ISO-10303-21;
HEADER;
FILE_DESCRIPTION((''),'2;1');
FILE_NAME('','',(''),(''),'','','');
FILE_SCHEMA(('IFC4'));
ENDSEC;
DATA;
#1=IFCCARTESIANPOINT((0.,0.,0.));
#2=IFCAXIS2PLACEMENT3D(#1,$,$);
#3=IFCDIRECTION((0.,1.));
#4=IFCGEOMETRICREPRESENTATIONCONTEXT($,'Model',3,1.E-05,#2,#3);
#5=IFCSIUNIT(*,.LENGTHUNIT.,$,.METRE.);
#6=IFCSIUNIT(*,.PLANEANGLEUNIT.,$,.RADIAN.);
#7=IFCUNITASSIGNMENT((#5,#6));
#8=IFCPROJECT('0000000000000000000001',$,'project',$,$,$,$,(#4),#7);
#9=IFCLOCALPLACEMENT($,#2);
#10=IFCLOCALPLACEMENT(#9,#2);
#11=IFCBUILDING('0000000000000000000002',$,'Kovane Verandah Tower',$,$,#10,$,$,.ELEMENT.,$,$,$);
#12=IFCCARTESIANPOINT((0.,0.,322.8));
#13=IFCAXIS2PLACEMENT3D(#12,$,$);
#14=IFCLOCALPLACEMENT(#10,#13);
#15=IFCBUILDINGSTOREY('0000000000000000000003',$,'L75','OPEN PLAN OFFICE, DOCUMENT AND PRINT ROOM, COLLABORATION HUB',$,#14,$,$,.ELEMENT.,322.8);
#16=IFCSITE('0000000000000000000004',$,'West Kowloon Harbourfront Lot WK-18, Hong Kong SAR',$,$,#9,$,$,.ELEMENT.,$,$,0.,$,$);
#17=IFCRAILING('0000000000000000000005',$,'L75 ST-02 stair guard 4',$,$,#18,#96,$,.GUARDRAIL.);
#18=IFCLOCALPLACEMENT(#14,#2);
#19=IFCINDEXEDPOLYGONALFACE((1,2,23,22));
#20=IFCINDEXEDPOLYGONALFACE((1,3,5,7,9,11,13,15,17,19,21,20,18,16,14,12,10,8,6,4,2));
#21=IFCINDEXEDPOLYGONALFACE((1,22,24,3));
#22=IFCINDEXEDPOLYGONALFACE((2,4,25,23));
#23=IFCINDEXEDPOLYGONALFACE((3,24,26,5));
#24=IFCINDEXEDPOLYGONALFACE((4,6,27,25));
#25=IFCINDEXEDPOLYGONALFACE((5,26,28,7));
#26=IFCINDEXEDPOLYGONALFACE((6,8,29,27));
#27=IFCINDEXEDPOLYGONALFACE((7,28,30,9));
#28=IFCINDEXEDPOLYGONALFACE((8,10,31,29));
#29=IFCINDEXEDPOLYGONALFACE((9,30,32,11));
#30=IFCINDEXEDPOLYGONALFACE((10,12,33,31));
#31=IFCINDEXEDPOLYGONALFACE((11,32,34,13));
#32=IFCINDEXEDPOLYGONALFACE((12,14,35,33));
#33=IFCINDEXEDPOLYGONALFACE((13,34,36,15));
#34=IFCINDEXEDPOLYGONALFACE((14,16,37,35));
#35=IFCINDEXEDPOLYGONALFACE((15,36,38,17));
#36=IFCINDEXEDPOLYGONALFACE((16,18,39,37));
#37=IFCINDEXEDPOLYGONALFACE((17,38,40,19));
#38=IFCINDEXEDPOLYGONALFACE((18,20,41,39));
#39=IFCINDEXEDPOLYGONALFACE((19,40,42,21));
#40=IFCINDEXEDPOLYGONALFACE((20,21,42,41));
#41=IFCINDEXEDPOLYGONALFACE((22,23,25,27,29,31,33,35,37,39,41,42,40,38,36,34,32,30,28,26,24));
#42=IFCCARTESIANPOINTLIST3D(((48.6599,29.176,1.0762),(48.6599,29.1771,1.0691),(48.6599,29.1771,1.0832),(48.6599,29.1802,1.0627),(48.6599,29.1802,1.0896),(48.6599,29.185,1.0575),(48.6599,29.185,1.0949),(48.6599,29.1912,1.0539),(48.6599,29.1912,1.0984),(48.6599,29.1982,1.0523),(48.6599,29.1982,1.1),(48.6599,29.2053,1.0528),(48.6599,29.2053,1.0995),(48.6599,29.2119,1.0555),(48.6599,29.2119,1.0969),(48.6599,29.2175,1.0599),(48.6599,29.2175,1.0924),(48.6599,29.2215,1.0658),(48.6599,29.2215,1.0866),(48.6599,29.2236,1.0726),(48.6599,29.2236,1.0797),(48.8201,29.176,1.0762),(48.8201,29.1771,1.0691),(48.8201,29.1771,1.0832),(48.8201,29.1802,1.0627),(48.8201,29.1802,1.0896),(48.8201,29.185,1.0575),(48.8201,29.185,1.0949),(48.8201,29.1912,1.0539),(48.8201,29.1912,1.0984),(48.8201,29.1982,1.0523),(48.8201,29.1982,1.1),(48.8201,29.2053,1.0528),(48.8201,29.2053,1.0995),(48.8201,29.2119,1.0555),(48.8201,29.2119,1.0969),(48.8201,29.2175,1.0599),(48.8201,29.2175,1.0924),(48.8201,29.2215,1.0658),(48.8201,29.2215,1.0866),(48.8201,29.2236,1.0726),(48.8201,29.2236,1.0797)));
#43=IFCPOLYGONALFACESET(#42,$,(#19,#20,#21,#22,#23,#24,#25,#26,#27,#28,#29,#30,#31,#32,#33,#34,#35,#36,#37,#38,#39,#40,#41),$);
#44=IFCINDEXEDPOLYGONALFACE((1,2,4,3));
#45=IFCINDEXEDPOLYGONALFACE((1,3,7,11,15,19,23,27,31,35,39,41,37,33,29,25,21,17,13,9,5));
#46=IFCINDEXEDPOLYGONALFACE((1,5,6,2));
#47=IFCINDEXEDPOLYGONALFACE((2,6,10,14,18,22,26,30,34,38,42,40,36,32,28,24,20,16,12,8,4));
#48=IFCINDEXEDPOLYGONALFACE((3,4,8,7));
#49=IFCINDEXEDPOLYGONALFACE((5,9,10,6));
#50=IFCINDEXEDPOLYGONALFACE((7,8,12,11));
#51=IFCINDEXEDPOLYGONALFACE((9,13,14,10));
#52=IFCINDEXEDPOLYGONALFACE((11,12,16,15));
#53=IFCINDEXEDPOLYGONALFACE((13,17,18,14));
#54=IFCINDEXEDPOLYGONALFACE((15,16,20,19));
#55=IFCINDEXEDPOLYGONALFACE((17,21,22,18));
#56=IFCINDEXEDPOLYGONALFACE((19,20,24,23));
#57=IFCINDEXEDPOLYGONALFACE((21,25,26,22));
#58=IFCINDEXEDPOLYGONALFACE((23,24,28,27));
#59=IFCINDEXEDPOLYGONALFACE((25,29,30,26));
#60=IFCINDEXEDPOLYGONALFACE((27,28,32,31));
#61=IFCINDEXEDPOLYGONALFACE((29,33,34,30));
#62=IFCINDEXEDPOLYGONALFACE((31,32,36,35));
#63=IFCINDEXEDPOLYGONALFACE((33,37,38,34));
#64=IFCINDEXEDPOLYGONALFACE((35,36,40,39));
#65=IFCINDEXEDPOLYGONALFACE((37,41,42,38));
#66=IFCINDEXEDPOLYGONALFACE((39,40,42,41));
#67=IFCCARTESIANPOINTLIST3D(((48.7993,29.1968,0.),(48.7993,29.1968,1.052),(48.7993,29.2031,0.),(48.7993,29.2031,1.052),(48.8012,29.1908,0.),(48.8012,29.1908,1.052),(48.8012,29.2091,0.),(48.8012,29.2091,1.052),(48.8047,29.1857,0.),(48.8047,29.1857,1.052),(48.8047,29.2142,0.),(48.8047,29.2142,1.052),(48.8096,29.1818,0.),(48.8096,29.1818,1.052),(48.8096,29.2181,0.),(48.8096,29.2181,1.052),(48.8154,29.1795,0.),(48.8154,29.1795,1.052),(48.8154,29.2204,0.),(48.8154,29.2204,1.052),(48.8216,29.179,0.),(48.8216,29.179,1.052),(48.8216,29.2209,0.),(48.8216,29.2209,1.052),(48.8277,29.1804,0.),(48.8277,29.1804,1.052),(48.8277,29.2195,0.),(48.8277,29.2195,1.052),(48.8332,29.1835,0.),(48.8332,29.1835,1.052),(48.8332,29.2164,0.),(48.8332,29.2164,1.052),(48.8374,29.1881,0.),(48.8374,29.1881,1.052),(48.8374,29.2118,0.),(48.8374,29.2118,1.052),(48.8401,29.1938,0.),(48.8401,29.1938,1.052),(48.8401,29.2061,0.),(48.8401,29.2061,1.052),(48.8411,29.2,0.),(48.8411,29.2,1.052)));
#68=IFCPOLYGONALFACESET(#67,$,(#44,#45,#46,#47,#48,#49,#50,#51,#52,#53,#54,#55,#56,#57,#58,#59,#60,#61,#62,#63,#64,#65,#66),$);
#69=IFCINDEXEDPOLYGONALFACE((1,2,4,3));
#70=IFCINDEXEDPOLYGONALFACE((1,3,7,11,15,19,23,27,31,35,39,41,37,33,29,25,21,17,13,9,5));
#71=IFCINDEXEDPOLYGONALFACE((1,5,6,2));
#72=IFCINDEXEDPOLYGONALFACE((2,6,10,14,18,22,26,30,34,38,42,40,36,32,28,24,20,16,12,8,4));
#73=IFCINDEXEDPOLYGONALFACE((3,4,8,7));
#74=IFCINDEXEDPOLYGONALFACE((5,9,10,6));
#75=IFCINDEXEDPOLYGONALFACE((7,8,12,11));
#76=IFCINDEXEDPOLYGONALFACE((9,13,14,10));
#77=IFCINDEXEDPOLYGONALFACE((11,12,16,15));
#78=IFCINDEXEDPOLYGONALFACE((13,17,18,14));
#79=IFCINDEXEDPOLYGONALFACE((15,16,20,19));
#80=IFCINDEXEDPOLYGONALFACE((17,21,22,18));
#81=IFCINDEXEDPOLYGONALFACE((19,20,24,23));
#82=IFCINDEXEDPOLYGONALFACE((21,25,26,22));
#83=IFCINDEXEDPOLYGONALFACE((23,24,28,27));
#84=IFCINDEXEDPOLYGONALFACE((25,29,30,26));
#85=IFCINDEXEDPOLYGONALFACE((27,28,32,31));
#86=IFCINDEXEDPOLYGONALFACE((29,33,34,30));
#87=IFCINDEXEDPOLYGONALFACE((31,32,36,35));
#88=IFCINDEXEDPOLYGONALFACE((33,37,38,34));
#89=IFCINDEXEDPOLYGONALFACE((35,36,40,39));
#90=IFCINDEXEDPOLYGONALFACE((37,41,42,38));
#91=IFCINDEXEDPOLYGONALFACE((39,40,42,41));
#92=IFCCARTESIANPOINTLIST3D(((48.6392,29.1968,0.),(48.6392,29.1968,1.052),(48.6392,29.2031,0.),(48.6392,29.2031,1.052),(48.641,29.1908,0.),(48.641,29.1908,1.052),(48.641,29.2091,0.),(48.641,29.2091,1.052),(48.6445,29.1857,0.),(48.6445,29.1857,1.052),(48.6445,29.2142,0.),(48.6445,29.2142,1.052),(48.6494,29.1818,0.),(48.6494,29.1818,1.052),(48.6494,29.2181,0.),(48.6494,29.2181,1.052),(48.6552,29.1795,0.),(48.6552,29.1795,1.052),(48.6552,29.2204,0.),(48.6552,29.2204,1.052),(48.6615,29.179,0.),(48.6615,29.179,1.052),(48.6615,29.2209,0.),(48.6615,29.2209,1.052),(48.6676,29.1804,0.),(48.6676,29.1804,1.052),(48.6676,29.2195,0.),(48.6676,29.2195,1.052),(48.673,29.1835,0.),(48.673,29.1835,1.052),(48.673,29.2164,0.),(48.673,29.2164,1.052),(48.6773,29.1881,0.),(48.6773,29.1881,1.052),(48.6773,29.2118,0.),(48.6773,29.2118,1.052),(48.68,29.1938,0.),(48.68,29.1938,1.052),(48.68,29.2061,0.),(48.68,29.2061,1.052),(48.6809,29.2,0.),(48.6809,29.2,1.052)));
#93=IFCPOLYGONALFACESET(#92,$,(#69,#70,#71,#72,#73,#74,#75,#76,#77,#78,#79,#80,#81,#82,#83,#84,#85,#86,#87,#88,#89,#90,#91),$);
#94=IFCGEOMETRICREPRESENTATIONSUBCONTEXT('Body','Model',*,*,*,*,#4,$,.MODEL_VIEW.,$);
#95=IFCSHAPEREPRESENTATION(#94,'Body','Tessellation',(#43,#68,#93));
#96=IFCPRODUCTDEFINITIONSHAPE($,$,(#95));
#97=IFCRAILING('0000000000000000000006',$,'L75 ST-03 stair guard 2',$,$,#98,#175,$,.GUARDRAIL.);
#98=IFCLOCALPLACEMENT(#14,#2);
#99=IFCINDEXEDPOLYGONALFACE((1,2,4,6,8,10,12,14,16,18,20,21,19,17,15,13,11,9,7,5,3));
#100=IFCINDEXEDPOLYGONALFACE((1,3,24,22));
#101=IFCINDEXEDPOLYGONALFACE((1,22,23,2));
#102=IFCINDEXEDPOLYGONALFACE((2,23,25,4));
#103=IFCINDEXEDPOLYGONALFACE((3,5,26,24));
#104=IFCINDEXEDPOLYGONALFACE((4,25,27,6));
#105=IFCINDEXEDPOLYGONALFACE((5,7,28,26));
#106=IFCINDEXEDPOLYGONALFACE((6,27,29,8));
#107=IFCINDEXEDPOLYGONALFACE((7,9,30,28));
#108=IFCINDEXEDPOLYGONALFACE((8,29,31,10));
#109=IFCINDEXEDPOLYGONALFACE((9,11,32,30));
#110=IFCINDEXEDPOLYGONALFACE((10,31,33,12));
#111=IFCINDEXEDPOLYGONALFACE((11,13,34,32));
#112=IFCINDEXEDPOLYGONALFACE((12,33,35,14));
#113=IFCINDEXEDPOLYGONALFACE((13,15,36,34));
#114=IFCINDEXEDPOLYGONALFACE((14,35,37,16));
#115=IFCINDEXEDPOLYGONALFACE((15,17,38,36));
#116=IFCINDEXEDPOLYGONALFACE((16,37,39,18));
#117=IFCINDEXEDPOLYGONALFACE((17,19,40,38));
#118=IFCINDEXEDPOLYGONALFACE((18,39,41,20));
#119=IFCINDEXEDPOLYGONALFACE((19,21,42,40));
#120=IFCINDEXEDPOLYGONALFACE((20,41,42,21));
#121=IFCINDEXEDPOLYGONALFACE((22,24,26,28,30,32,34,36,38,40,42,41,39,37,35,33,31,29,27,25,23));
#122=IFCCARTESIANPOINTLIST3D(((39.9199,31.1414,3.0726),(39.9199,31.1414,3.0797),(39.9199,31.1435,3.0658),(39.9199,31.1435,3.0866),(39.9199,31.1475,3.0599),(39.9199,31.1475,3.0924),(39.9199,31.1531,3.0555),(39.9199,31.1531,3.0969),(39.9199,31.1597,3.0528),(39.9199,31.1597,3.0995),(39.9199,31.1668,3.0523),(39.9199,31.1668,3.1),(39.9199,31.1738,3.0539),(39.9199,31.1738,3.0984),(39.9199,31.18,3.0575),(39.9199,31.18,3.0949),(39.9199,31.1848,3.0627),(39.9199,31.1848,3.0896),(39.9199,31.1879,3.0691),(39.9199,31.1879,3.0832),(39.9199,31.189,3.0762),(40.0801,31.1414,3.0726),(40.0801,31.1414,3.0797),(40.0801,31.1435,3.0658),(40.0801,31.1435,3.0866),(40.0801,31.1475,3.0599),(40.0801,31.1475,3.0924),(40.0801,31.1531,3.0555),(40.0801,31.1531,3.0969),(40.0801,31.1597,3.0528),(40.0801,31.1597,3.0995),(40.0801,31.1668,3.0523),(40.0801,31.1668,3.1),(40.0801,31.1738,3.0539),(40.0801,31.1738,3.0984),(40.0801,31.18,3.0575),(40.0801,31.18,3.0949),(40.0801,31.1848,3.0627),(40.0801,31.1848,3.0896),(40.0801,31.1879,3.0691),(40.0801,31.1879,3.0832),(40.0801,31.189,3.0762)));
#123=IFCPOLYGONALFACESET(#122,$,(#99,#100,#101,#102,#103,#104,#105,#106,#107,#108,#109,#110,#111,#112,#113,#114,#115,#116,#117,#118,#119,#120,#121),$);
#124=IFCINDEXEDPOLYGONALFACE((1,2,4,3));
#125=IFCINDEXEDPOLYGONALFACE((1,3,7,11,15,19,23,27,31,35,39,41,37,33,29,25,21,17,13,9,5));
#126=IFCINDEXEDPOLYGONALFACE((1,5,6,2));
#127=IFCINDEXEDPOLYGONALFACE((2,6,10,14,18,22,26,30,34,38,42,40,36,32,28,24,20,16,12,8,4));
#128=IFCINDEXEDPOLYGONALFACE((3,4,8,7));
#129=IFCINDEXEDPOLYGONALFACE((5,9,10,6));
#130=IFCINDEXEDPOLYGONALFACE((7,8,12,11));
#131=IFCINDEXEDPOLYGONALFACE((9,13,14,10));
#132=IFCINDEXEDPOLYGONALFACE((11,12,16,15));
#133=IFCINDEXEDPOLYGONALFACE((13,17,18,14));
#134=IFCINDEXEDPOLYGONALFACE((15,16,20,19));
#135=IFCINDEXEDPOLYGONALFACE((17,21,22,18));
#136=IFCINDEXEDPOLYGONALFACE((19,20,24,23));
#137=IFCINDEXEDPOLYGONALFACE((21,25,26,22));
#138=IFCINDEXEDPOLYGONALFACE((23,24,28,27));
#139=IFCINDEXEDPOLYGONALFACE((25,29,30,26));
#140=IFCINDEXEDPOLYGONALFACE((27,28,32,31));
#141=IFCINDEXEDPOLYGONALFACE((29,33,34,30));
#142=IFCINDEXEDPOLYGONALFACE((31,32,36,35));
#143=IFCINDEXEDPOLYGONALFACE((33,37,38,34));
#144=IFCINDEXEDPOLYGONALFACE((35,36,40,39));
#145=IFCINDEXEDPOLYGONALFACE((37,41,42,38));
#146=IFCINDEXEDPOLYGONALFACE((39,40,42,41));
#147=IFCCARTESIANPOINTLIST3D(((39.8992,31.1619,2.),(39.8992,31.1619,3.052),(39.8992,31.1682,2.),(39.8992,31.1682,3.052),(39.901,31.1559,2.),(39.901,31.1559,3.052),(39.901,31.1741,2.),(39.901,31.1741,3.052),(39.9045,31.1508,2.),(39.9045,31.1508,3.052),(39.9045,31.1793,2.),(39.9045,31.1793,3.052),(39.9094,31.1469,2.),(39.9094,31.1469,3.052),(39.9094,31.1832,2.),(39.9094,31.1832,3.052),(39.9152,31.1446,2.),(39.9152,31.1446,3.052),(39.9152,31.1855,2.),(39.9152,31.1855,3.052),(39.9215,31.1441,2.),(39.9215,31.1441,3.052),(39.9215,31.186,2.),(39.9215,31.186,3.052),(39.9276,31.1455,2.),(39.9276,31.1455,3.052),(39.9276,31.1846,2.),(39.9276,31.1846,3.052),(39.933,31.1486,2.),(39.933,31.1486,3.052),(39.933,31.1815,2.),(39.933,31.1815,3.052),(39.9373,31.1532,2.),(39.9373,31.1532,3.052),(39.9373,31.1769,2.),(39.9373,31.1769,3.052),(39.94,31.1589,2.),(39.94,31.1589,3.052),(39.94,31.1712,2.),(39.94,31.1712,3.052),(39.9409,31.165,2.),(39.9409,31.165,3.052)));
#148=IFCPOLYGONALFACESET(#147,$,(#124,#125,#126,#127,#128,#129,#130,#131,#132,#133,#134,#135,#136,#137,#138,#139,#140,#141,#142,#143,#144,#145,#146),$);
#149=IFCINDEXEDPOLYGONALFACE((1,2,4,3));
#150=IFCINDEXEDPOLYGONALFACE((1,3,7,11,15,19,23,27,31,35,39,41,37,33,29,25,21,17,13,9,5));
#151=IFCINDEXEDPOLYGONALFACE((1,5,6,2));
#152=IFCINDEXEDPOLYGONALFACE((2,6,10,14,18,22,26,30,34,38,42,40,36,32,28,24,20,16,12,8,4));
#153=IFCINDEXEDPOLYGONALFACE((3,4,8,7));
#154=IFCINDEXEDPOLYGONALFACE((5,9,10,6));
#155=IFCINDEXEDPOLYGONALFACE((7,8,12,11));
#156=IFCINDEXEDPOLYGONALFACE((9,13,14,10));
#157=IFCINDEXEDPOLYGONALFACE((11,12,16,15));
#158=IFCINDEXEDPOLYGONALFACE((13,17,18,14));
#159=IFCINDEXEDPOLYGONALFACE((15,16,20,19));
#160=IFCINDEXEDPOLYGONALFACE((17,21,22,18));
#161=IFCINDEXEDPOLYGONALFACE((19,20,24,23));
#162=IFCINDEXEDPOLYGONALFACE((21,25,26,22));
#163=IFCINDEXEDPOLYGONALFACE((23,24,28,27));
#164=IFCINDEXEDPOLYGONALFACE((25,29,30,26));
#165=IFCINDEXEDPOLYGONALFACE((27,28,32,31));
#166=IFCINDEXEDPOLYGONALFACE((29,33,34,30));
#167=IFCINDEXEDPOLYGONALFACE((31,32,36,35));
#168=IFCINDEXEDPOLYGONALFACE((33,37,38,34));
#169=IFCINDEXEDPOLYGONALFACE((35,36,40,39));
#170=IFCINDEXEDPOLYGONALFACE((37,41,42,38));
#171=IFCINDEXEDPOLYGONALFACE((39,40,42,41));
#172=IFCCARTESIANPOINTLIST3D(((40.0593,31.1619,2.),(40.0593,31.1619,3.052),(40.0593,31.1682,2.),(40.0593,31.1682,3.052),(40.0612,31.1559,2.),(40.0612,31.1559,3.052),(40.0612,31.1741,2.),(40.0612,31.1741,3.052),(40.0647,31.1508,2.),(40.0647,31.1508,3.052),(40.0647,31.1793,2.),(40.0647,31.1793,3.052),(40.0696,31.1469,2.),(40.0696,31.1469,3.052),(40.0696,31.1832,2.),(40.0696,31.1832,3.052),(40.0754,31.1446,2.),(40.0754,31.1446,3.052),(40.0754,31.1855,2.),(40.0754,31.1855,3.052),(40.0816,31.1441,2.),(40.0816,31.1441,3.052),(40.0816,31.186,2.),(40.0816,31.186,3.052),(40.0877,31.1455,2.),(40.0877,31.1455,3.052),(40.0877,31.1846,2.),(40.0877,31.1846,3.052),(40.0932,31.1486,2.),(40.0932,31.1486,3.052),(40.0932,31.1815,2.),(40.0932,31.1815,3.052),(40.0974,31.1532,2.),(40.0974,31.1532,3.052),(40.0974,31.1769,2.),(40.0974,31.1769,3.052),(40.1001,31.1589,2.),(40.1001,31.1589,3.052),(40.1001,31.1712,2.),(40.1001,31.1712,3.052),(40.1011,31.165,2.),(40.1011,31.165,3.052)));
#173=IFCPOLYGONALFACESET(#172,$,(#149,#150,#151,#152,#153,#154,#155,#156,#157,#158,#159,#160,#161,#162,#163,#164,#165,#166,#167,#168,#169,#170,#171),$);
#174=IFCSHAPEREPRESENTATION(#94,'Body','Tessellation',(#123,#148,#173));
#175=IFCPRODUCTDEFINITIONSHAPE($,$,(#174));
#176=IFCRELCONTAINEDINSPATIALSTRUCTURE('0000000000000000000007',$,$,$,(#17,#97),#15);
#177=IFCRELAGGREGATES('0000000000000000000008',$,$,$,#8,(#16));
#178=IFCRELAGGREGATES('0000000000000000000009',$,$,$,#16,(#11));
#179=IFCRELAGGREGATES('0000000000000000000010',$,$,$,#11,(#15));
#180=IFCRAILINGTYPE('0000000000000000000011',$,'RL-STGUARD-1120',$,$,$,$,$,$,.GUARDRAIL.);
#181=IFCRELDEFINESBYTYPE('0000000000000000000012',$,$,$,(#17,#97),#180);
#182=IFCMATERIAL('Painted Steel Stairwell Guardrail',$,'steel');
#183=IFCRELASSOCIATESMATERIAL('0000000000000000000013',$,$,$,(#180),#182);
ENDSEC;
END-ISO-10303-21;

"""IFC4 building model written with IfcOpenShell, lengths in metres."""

from ifc_helpers import new_model, si_unit, direction, frame, origin, origin_2d, place, context, subcontext, project, spatial, circle, extrude, material, type_object, element, save


model = new_model("IFC4")

# Units and contexts
model_context = context("Model", 3, precision=1e-05, world=origin(), true_north=direction((0.0, 1.0)))
body_context = subcontext(model_context, "Body", "Model", "MODEL_VIEW")
ifc_project = project(units=[si_unit("LENGTHUNIT", "METRE"), si_unit("PLANEANGLEUNIT", "RADIAN")], contexts=[model_context])

# Site, building, storey
site_placement = place(None, origin())
site = spatial("IfcSite", under=ifc_project, at=site_placement, Name="West Kowloon Harbourfront Lot WK-18, Hong Kong SAR", CompositionType="ELEMENT", RefElevation=0.0)
building_placement = place(site_placement, origin())
building = spatial("IfcBuilding", under=site, at=building_placement, Name="Kovane Verandah Tower", CompositionType="ELEMENT")
storey_placement = place(building_placement, frame((0.0, 0.0, 322.8)))
storey = spatial("IfcBuildingStorey", under=building, at=storey_placement, Name="L75", Description="OPEN PLAN OFFICE, DOCUMENT AND PRINT ROOM, COLLABORATION HUB", CompositionType="ELEMENT", Elevation=322.8)

# Railings
ifc_material_1 = material(Name="Painted Steel Stairwell Guardrail", Category="steel")
railing_type_1 = type_object("IfcRailingType", Name="RL-STGUARD-1120", PredefinedType="GUARDRAIL", material=ifc_material_1)
railing_1_placement = place(storey_placement, frame((48.8201, 29.2, 0.0)))
element("IfcRailing", 1, at=railing_1_placement, inside=storey, type_object=railing_type_1, Name="L75 ST-02 stair guard 4", PredefinedType="GUARDRAIL", context=body_context, shape_type="SweptSolid", body=[
    extrude(circle(Radius=0.0239, at=origin_2d()), frame((0.0, 0.0, 1.0762), z_axis=(-1.0, 0.0, 0.0), x_axis=(0.0, -1.0, 0.0)), (0.0, 0.0, 1.0), 0.1602),
    extrude(circle(Radius=0.021, at=origin_2d()), origin(), (0.0, 0.0, 1.0), 1.052),
    extrude(circle(Radius=0.021, at=origin_2d()), frame((-0.1602, 0.0, 0.0)), (0.0, 0.0, 1.0), 1.052),
])
railing_2_placement = place(storey_placement, frame((39.9199, 31.165, 2.0)))
element("IfcRailing", 2, at=railing_2_placement, inside=storey, type_object=railing_type_1, Name="L75 ST-03 stair guard 2", PredefinedType="GUARDRAIL", context=body_context, shape_type="SweptSolid", body=[
    extrude(circle(Radius=0.0239, at=origin_2d()), frame((0.0, 0.0, 1.0762), z_axis=(1.0, 0.0, 0.0), x_axis=(0.0, 1.0, 0.0)), (0.0, 0.0, 1.0), 0.1602),
    extrude(circle(Radius=0.021, at=origin_2d()), origin(), (0.0, 0.0, 1.0), 1.052),
    extrude(circle(Radius=0.021, at=origin_2d()), frame((0.1602, 0.0, 0.0)), (0.0, 0.0, 1.0), 1.052),
])

save(model, "model.ifc")
